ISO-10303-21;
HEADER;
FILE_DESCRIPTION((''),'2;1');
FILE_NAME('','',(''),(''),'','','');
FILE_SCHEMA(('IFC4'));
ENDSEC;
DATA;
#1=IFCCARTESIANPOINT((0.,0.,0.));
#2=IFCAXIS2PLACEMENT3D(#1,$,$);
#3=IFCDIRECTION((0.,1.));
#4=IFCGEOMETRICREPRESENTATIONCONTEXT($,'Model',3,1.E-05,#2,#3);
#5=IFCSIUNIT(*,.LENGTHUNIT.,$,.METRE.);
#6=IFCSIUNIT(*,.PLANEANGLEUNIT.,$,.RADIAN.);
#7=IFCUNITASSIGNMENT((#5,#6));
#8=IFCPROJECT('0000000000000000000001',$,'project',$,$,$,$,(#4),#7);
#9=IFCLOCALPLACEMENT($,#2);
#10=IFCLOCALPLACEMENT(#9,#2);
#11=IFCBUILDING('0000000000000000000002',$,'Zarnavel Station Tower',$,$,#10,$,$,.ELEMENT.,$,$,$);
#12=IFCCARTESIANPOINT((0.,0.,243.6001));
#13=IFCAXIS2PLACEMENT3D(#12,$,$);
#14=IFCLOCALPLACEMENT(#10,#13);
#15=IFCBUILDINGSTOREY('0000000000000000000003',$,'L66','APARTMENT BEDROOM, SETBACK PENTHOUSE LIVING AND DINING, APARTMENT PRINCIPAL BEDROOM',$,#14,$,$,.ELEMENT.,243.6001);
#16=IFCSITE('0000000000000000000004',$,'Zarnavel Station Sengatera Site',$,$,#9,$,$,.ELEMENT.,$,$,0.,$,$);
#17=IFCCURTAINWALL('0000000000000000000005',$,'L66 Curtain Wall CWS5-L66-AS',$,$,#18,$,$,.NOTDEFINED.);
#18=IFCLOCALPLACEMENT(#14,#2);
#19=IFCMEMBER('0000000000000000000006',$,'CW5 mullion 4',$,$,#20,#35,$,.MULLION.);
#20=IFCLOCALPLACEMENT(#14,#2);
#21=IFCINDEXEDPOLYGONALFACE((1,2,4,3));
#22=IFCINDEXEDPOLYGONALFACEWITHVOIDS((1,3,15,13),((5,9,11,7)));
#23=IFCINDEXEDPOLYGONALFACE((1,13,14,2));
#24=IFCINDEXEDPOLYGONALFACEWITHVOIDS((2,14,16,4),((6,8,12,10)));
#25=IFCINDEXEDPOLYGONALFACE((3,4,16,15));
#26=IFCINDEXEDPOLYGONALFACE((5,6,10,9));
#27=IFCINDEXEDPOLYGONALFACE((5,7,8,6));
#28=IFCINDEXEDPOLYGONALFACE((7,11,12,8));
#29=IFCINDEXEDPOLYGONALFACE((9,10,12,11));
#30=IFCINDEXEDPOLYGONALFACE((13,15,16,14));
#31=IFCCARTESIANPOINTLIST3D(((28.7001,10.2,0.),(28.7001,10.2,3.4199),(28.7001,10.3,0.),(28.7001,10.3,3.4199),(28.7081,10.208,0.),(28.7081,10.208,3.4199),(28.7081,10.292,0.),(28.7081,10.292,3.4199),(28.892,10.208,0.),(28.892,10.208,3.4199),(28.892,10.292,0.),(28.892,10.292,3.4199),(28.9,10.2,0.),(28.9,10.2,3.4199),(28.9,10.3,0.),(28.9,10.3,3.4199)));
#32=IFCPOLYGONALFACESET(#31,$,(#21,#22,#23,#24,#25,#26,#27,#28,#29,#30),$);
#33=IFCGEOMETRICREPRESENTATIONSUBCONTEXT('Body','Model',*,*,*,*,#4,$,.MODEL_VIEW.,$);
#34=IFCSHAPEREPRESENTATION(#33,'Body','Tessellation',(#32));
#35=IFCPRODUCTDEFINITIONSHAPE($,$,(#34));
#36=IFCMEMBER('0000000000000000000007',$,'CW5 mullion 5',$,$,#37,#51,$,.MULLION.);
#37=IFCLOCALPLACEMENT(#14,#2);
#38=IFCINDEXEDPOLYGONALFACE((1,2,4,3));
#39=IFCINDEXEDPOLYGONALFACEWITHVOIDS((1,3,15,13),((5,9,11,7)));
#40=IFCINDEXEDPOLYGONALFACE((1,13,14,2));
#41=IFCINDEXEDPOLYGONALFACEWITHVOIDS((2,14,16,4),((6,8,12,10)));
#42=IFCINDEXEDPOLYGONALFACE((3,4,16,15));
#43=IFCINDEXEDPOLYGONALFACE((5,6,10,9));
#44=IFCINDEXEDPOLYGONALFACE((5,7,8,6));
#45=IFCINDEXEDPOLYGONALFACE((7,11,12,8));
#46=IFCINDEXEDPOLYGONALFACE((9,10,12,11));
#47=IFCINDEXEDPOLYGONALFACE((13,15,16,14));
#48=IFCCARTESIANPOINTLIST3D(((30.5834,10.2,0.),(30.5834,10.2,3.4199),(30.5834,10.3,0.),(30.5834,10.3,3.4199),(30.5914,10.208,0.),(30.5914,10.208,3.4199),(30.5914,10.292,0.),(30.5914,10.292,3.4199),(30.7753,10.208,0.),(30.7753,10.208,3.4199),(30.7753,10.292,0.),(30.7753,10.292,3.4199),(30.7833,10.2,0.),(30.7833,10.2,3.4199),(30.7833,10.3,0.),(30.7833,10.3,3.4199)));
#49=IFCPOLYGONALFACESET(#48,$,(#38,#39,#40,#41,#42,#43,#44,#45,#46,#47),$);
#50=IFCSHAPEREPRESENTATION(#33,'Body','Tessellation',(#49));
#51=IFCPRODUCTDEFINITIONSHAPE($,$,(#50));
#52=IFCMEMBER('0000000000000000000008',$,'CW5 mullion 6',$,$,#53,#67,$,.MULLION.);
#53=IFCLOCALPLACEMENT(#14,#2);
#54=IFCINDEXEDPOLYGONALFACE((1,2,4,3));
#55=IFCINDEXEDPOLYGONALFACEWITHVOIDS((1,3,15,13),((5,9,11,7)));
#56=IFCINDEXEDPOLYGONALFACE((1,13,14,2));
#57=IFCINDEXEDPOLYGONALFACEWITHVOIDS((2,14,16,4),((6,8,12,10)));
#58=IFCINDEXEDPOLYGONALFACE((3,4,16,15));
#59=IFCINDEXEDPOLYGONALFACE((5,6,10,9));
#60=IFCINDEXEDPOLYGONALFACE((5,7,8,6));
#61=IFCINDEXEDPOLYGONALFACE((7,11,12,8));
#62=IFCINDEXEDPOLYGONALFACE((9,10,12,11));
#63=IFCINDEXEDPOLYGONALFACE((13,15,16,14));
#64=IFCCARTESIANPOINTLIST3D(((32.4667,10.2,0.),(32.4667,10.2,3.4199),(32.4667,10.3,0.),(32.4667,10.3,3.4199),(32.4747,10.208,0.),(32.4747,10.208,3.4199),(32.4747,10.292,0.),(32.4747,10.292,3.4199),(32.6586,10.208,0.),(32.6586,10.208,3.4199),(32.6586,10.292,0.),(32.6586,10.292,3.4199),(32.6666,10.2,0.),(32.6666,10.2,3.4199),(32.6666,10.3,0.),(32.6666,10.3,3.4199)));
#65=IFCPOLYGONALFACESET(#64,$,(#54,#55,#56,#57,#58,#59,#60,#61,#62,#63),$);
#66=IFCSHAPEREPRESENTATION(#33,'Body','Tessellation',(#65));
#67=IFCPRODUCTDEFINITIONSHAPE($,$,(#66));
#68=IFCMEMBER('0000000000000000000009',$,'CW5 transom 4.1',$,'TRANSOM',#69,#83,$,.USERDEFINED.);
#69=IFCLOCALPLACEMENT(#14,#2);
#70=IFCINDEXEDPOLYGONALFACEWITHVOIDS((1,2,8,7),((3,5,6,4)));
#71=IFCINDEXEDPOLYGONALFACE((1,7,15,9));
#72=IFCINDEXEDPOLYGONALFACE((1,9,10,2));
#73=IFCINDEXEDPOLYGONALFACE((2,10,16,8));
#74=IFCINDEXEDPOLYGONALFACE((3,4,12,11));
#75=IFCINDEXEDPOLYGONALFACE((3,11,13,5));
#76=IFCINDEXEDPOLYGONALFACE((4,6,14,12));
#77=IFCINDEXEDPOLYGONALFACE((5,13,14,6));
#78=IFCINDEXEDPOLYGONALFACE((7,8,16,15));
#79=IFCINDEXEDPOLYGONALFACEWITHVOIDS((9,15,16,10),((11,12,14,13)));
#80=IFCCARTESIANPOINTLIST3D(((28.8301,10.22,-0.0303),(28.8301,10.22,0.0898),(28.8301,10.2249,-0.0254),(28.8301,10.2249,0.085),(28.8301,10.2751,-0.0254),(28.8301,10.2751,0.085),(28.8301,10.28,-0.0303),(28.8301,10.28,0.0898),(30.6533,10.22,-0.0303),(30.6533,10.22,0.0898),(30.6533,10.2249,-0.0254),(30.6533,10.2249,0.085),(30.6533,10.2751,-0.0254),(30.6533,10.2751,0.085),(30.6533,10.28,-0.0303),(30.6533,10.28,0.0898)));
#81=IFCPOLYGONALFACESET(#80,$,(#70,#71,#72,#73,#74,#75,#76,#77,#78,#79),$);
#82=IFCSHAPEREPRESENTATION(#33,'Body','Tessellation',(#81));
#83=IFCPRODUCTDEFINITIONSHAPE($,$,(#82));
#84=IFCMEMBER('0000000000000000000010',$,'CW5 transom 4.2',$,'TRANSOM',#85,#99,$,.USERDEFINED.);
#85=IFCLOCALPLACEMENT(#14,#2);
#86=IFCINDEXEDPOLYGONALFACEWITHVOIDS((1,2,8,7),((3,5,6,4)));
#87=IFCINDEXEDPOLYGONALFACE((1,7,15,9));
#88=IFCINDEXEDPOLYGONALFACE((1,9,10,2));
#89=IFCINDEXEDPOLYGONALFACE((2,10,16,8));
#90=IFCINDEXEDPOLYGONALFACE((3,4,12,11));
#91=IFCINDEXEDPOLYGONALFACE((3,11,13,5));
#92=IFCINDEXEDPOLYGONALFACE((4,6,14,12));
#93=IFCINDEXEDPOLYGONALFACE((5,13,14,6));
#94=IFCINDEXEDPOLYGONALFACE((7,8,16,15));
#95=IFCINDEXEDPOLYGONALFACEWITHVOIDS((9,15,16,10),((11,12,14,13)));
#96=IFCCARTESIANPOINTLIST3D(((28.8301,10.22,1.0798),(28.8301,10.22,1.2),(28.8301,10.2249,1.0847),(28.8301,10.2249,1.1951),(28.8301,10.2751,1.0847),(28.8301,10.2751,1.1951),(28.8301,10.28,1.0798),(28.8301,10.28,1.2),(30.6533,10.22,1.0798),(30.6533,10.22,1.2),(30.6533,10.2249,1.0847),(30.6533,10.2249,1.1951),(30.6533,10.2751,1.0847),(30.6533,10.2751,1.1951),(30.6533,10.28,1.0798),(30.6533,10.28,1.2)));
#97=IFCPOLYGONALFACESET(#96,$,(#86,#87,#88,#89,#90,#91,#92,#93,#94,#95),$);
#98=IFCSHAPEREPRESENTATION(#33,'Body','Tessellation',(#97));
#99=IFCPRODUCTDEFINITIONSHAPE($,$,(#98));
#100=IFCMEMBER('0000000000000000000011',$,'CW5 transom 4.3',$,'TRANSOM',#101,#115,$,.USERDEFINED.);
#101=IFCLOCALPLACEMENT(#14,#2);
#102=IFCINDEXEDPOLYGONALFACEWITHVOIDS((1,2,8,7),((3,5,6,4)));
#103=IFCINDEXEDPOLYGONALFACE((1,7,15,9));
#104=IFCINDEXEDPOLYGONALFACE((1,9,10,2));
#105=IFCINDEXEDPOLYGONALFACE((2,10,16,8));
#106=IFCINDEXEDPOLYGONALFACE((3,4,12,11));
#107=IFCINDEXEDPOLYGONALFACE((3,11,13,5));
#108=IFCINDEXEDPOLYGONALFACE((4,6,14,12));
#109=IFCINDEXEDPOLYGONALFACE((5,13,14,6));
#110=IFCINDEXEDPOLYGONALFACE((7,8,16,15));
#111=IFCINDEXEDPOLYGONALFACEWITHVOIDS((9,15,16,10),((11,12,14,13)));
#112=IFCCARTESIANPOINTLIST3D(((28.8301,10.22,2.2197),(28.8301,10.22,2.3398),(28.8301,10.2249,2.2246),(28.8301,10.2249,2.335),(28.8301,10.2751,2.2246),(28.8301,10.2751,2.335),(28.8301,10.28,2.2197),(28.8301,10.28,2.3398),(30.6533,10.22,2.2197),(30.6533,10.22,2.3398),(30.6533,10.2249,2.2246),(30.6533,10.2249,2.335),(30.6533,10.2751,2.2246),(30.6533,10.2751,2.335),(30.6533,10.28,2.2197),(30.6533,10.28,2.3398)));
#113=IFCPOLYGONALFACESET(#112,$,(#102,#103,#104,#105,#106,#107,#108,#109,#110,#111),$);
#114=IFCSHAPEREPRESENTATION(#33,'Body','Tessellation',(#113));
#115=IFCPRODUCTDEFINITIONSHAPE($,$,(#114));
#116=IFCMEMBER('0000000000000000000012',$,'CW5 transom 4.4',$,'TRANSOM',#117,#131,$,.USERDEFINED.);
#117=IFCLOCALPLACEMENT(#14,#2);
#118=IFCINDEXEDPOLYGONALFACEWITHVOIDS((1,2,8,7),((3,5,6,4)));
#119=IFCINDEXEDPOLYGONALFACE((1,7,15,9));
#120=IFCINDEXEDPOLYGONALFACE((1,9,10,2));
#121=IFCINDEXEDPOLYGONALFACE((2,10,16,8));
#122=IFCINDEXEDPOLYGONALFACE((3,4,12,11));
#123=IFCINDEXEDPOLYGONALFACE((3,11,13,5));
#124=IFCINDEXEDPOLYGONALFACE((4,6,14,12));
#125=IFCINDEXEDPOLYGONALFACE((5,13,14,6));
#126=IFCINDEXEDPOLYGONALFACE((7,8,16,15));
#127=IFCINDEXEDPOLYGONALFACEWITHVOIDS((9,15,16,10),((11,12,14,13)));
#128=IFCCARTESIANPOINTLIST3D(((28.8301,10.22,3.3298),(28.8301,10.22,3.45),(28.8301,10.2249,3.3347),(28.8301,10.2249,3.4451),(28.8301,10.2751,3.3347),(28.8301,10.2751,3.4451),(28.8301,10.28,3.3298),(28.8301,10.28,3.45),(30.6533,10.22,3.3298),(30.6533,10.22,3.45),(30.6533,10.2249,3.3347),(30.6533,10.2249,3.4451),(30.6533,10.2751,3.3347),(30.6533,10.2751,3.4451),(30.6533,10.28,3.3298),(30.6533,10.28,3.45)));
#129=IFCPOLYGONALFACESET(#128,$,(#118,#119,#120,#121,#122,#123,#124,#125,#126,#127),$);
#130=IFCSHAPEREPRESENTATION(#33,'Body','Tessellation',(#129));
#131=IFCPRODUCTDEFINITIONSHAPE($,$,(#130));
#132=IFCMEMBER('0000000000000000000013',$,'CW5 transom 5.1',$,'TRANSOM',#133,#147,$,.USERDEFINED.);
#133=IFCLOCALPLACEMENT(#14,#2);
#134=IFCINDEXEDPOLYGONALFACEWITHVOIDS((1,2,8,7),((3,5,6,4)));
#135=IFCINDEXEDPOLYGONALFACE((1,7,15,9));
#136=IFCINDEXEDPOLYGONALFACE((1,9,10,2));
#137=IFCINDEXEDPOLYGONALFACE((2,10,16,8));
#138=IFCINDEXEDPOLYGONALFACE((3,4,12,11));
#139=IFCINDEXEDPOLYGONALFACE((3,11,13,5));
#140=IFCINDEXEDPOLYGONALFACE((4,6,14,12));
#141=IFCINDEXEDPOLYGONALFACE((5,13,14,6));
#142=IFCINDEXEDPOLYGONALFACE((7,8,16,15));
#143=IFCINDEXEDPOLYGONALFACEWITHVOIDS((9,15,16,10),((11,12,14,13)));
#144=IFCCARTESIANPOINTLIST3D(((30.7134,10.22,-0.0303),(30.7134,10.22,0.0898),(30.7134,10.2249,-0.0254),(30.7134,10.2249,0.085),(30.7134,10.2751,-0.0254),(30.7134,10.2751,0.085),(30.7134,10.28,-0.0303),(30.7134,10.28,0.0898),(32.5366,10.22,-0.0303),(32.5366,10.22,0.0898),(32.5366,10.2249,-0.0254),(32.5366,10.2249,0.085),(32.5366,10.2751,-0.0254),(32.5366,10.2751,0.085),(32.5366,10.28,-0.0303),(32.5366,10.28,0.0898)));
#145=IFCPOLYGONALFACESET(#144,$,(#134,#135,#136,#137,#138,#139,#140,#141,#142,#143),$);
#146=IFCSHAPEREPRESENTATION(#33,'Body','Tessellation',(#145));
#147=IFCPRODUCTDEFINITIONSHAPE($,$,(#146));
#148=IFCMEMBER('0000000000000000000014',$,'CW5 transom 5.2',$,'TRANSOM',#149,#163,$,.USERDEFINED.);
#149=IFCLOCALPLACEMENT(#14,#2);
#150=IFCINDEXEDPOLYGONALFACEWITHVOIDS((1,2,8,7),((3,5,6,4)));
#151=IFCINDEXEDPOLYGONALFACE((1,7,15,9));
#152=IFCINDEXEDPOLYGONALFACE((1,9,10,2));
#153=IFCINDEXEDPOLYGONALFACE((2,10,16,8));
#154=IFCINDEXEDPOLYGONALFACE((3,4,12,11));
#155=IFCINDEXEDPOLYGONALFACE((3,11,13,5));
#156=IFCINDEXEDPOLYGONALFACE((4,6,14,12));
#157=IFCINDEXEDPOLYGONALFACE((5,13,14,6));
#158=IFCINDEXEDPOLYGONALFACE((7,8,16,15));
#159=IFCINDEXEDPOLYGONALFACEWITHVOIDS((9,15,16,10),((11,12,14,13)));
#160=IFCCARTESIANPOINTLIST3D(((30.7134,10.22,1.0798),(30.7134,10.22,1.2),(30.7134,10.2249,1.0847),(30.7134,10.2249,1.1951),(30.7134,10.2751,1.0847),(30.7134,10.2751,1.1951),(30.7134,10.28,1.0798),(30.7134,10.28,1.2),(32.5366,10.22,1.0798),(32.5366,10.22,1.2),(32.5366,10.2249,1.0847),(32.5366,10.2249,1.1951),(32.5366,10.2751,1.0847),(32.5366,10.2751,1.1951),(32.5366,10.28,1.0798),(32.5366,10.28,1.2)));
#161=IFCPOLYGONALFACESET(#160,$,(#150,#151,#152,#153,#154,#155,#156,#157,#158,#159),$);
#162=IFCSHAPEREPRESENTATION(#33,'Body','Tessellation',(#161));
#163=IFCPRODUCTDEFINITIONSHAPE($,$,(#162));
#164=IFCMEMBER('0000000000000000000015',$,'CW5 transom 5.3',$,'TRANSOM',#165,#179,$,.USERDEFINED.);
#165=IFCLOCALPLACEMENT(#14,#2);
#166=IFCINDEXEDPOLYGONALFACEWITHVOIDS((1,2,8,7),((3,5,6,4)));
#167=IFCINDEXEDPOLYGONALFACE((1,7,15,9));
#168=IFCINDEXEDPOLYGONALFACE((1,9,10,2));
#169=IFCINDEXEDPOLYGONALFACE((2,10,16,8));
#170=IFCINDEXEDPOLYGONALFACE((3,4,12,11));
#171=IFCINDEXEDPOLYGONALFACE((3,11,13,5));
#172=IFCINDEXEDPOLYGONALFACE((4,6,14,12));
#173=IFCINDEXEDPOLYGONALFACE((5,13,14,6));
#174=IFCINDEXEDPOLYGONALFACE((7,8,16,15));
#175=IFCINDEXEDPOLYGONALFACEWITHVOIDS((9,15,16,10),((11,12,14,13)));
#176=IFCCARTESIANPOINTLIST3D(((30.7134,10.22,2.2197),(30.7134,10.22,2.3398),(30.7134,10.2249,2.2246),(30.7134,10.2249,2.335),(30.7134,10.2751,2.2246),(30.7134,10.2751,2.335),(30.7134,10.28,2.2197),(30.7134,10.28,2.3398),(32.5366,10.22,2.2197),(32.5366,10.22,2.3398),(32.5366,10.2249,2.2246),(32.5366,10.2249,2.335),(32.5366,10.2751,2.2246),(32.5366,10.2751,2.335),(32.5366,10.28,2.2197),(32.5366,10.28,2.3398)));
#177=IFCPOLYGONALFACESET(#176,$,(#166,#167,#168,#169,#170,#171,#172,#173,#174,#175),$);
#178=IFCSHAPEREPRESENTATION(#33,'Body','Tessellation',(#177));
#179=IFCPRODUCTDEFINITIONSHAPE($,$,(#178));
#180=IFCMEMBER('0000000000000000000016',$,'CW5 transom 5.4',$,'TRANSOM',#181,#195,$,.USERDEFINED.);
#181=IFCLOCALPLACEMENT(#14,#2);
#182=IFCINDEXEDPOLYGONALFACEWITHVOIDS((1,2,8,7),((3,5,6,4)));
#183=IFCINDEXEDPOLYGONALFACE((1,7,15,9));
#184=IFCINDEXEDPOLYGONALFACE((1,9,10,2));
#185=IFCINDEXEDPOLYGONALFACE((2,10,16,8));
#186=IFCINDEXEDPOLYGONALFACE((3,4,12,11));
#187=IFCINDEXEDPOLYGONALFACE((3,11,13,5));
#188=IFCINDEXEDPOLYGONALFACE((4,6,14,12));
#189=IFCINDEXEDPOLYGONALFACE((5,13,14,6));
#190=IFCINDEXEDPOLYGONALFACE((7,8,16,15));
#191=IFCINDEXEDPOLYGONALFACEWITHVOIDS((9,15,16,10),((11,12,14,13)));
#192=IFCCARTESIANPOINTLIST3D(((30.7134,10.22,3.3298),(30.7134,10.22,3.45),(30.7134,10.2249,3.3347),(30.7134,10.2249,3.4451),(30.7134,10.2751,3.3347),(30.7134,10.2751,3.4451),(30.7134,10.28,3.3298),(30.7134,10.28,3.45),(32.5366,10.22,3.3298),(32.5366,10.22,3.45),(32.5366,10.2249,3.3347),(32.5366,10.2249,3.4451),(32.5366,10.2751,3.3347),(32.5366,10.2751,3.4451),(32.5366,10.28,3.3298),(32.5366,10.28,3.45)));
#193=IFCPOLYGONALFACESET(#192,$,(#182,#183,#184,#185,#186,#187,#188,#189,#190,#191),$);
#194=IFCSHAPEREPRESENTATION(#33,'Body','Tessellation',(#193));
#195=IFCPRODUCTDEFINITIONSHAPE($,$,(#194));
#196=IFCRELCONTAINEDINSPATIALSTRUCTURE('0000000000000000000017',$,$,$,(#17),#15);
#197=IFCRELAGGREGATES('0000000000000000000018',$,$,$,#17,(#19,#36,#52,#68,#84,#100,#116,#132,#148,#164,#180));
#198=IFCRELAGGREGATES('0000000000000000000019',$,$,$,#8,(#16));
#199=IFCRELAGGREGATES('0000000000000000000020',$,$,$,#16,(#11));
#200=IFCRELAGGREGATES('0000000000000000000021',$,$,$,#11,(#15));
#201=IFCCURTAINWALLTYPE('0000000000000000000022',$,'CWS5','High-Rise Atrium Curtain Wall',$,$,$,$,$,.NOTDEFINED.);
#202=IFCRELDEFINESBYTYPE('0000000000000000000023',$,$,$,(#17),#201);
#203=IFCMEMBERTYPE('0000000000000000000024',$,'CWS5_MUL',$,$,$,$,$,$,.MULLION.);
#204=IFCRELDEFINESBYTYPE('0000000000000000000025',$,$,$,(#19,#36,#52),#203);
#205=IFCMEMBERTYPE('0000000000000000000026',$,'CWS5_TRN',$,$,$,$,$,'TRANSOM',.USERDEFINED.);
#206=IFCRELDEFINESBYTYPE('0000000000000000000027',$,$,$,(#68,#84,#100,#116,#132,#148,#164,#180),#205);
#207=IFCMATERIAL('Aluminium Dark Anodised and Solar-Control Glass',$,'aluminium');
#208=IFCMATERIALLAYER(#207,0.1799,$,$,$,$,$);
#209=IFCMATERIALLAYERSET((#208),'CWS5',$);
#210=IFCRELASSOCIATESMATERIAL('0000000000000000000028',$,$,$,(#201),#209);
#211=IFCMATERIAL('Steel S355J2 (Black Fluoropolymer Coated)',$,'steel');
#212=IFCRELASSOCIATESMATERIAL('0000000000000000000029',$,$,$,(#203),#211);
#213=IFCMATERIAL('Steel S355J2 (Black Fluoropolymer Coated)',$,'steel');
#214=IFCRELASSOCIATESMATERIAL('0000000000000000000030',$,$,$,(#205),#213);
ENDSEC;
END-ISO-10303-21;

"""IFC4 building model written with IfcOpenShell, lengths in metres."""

from ifc_helpers import new_model, si_unit, direction, frame, origin, origin_2d, place, context, subcontext, project, spatial, hollow_rectangle, extrude, material, layer, layer_set, material_profile, profile_set, type_object, element, aggregate, save


model = new_model("IFC4")

# Units and contexts
model_context = context("Model", 3, precision=1e-05, world=origin(), true_north=direction((0.0, 1.0)))
body_context = subcontext(model_context, "Body", "Model", "MODEL_VIEW")
ifc_project = project(units=[si_unit("LENGTHUNIT", "METRE"), si_unit("PLANEANGLEUNIT", "RADIAN")], contexts=[model_context])

# Site, building, storey
site_placement = place(None, origin())
site = spatial("IfcSite", under=ifc_project, at=site_placement, Name="Zarnavel Station Sengatera Site", CompositionType="ELEMENT", RefElevation=0.0)
building_placement = place(site_placement, origin())
building = spatial("IfcBuilding", under=site, at=building_placement, Name="Zarnavel Station Tower", CompositionType="ELEMENT")
storey_placement = place(building_placement, frame((0.0, 0.0, 243.6001)))
storey = spatial("IfcBuildingStorey", under=building, at=storey_placement, Name="L66", Description="APARTMENT BEDROOM, SETBACK PENTHOUSE LIVING AND DINING, APARTMENT PRINCIPAL BEDROOM", CompositionType="ELEMENT", Elevation=243.6001)

# Curtain wall, members
ifc_material_1 = material(Name="Aluminium Dark Anodised and Solar-Control Glass", Category="aluminium")
ifc_layer_1 = layer(ifc_material_1, 0.1799)
ifc_layer_set_1 = layer_set([ifc_layer_1], Name="CWS5")
curtain_wall_type = type_object("IfcCurtainWallType", Name="CWS5", Description="High-Rise Atrium Curtain Wall", PredefinedType="NOTDEFINED", material=ifc_layer_set_1)
curtain_wall_placement = place(storey_placement, origin())
curtain_wall = element("IfcCurtainWall", 1, at=curtain_wall_placement, inside=storey, type_object=curtain_wall_type, Name="L66 Curtain Wall CWS5-L66-AS", PredefinedType="NOTDEFINED")
ifc_material_2 = material(Name="Steel S355J2 (Black Fluoropolymer Coated)", Category="steel")
ifc_material_profile_1 = material_profile(ifc_material_2, hollow_rectangle(XDim=0.1001, YDim=0.2, WallThickness=0.0081, at=origin_2d()), Name="RHS200x100x8")
ifc_profile_set_1 = profile_set([ifc_material_profile_1], Name="Steel S355J2 (Black Fluoropolymer Coated)")
member_type_1 = type_object("IfcMemberType", Name="CWS5_MUL", PredefinedType="MULLION", material=ifc_profile_set_1)
member_1_placement = place(storey_placement, frame((28.8, 10.25, 0.0), z_axis=(0.0, 0.0, 1.0), x_axis=(0.0, 1.0, 0.0)))
member_1 = element("IfcMember", 2, at=member_1_placement, type_object=member_type_1, Name="CW5 mullion 4", PredefinedType="MULLION", context=body_context, shape_type="SweptSolid", body=[
    extrude(hollow_rectangle(XDim=0.1001, YDim=0.2, WallThickness=0.0081, at=origin_2d()), origin(), (0.0, 0.0, 1.0), 3.4199),
])
member_2_placement = place(storey_placement, frame((30.6833, 10.25, 0.0), z_axis=(0.0, 0.0, 1.0), x_axis=(0.0, 1.0, 0.0)))
member_2 = element("IfcMember", 3, at=member_2_placement, type_object=member_type_1, Name="CW5 mullion 5", PredefinedType="MULLION", context=body_context, shape_type="SweptSolid", body=[
    extrude(hollow_rectangle(XDim=0.1001, YDim=0.2, WallThickness=0.0081, at=origin_2d()), origin(), (0.0, 0.0, 1.0), 3.4199),
])
member_3_placement = place(storey_placement, frame((32.5667, 10.25, 0.0), z_axis=(0.0, 0.0, 1.0), x_axis=(0.0, 1.0, 0.0)))
member_3 = element("IfcMember", 4, at=member_3_placement, type_object=member_type_1, Name="CW5 mullion 6", PredefinedType="MULLION", context=body_context, shape_type="SweptSolid", body=[
    extrude(hollow_rectangle(XDim=0.1001, YDim=0.2, WallThickness=0.0081, at=origin_2d()), origin(), (0.0, 0.0, 1.0), 3.4199),
])
ifc_material_3 = material(Name="Steel S355J2 (Black Fluoropolymer Coated)", Category="steel")
ifc_material_profile_2 = material_profile(ifc_material_3, hollow_rectangle(XDim=0.0601, YDim=0.1201, WallThickness=0.0049, at=origin_2d()), Name="RHS120x60x5")
ifc_profile_set_2 = profile_set([ifc_material_profile_2], Name="Steel S355J2 (Black Fluoropolymer Coated)")
member_type_2 = type_object("IfcMemberType", Name="CWS5_TRN", ElementType="TRANSOM", PredefinedType="USERDEFINED", material=ifc_profile_set_2)
member_4_placement = place(storey_placement, frame((28.8301, 10.25, 0.0298), z_axis=(1.0, 0.0, 0.0), x_axis=(0.0, 1.0, 0.0)))
member_4 = element("IfcMember", 5, at=member_4_placement, type_object=member_type_2, Name="CW5 transom 4.1", ObjectType="TRANSOM", PredefinedType="USERDEFINED", context=body_context, shape_type="SweptSolid", body=[
    extrude(hollow_rectangle(XDim=0.0601, YDim=0.1201, WallThickness=0.0049, at=origin_2d()), origin(), (0.0, 0.0, 1.0), 1.8232),
])
member_5_placement = place(storey_placement, frame((28.8301, 10.25, 1.1399), z_axis=(1.0, 0.0, 0.0), x_axis=(0.0, 1.0, 0.0)))
member_5 = element("IfcMember", 6, at=member_5_placement, type_object=member_type_2, Name="CW5 transom 4.2", ObjectType="TRANSOM", PredefinedType="USERDEFINED", context=body_context, shape_type="SweptSolid", body=[
    extrude(hollow_rectangle(XDim=0.0601, YDim=0.1201, WallThickness=0.0049, at=origin_2d()), origin(), (0.0, 0.0, 1.0), 1.8232),
])
member_6_placement = place(storey_placement, frame((28.8301, 10.25, 2.2798), z_axis=(1.0, 0.0, 0.0), x_axis=(0.0, 1.0, 0.0)))
member_6 = element("IfcMember", 7, at=member_6_placement, type_object=member_type_2, Name="CW5 transom 4.3", ObjectType="TRANSOM", PredefinedType="USERDEFINED", context=body_context, shape_type="SweptSolid", body=[
    extrude(hollow_rectangle(XDim=0.0601, YDim=0.1201, WallThickness=0.0049, at=origin_2d()), origin(), (0.0, 0.0, 1.0), 1.8232),
])
member_7_placement = place(storey_placement, frame((28.8301, 10.25, 3.3899), z_axis=(1.0, 0.0, 0.0), x_axis=(0.0, 1.0, 0.0)))
member_7 = element("IfcMember", 8, at=member_7_placement, type_object=member_type_2, Name="CW5 transom 4.4", ObjectType="TRANSOM", PredefinedType="USERDEFINED", context=body_context, shape_type="SweptSolid", body=[
    extrude(hollow_rectangle(XDim=0.0601, YDim=0.1201, WallThickness=0.0049, at=origin_2d()), origin(), (0.0, 0.0, 1.0), 1.8232),
])
member_8_placement = place(storey_placement, frame((30.7134, 10.25, 0.0298), z_axis=(1.0, 0.0, 0.0), x_axis=(0.0, 1.0, 0.0)))
member_8 = element("IfcMember", 9, at=member_8_placement, type_object=member_type_2, Name="CW5 transom 5.1", ObjectType="TRANSOM", PredefinedType="USERDEFINED", context=body_context, shape_type="SweptSolid", body=[
    extrude(hollow_rectangle(XDim=0.0601, YDim=0.1201, WallThickness=0.0049, at=origin_2d()), origin(), (0.0, 0.0, 1.0), 1.8232),
])
member_9_placement = place(storey_placement, frame((30.7134, 10.25, 1.1399), z_axis=(1.0, 0.0, 0.0), x_axis=(0.0, 1.0, 0.0)))
member_9 = element("IfcMember", 10, at=member_9_placement, type_object=member_type_2, Name="CW5 transom 5.2", ObjectType="TRANSOM", PredefinedType="USERDEFINED", context=body_context, shape_type="SweptSolid", body=[
    extrude(hollow_rectangle(XDim=0.0601, YDim=0.1201, WallThickness=0.0049, at=origin_2d()), origin(), (0.0, 0.0, 1.0), 1.8232),
])
member_10_placement = place(storey_placement, frame((30.7134, 10.25, 2.2798), z_axis=(1.0, 0.0, 0.0), x_axis=(0.0, 1.0, 0.0)))
member_10 = element("IfcMember", 11, at=member_10_placement, type_object=member_type_2, Name="CW5 transom 5.3", ObjectType="TRANSOM", PredefinedType="USERDEFINED", context=body_context, shape_type="SweptSolid", body=[
    extrude(hollow_rectangle(XDim=0.0601, YDim=0.1201, WallThickness=0.0049, at=origin_2d()), origin(), (0.0, 0.0, 1.0), 1.8232),
])
member_11_placement = place(storey_placement, frame((30.7134, 10.25, 3.3899), z_axis=(1.0, 0.0, 0.0), x_axis=(0.0, 1.0, 0.0)))
member_11 = element("IfcMember", 12, at=member_11_placement, type_object=member_type_2, Name="CW5 transom 5.4", ObjectType="TRANSOM", PredefinedType="USERDEFINED", context=body_context, shape_type="SweptSolid", body=[
    extrude(hollow_rectangle(XDim=0.0601, YDim=0.1201, WallThickness=0.0049, at=origin_2d()), origin(), (0.0, 0.0, 1.0), 1.8232),
])
aggregate(curtain_wall, [member_1, member_2, member_3, member_4, member_5, member_6, member_7, member_8, member_9, member_10, member_11])

save(model, "model.ifc")
